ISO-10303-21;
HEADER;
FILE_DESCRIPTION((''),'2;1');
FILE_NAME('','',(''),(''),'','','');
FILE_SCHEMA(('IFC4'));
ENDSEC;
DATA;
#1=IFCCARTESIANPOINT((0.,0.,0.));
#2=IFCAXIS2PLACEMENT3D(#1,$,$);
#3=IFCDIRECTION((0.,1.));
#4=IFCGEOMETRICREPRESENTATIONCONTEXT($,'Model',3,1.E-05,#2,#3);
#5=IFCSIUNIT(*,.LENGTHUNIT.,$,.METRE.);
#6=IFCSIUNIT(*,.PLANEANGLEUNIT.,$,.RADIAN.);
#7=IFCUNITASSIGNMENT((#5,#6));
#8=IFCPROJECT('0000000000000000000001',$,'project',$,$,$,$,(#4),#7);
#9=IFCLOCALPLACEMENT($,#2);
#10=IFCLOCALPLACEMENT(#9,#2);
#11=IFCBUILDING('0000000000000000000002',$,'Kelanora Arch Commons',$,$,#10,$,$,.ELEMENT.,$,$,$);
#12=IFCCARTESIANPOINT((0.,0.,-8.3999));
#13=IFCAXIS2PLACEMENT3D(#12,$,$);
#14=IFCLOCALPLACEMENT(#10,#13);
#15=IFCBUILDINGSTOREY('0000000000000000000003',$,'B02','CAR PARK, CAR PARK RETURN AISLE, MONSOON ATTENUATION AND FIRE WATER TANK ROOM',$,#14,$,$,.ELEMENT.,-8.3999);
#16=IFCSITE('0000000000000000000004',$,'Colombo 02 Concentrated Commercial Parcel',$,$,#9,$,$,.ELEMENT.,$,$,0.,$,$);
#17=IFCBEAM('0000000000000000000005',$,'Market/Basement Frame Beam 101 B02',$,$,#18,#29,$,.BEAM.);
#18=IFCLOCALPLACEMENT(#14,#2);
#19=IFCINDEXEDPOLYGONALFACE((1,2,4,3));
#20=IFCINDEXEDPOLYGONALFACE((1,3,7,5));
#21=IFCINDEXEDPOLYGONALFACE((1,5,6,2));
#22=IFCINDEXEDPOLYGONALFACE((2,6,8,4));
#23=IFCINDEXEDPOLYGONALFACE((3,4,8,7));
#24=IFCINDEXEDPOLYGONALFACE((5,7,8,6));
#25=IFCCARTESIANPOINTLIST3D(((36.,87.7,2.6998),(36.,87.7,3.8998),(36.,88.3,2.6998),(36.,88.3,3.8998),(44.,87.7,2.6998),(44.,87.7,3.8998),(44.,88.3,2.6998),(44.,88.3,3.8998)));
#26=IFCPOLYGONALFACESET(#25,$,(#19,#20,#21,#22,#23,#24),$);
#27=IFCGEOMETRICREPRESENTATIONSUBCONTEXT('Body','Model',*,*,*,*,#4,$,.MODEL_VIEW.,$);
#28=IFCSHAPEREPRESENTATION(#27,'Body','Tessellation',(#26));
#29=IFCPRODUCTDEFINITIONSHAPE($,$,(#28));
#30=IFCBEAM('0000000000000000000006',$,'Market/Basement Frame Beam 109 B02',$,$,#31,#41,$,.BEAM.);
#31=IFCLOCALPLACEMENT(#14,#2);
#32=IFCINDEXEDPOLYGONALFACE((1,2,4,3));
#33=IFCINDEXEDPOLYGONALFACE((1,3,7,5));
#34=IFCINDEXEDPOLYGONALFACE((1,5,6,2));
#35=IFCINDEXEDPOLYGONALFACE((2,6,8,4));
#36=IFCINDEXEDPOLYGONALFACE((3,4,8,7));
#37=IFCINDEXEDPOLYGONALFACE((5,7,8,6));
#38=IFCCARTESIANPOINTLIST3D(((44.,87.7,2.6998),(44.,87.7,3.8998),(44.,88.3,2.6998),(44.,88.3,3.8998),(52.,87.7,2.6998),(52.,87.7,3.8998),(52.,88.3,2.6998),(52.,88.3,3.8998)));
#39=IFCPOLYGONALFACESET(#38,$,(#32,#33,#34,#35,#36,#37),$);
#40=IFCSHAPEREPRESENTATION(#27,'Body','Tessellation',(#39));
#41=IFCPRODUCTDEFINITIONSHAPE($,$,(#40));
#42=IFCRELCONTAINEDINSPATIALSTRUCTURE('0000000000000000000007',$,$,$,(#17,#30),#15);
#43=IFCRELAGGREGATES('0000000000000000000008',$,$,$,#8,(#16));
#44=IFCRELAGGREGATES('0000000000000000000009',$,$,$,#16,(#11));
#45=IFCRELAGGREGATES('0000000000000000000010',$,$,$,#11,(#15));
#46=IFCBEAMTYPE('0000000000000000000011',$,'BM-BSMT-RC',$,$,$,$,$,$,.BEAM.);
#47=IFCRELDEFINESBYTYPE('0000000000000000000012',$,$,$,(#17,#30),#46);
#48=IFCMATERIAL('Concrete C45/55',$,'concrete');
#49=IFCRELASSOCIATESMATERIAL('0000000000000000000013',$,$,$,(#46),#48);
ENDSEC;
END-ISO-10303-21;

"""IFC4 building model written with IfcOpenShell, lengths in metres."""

from ifc_helpers import new_model, si_unit, direction, frame, origin, origin_2d, place, context, subcontext, project, spatial, rectangle, extrude, material, material_profile, profile_set, type_object, element, save


model = new_model("IFC4")

# Units and contexts
model_context = context("Model", 3, precision=1e-05, world=origin(), true_north=direction((0.0, 1.0)))
body_context = subcontext(model_context, "Body", "Model", "MODEL_VIEW")
ifc_project = project(units=[si_unit("LENGTHUNIT", "METRE"), si_unit("PLANEANGLEUNIT", "RADIAN")], contexts=[model_context])

# Site, building, storey
site_placement = place(None, origin())
site = spatial("IfcSite", under=ifc_project, at=site_placement, Name="Colombo 02 Concentrated Commercial Parcel", CompositionType="ELEMENT", RefElevation=0.0)
building_placement = place(site_placement, origin())
building = spatial("IfcBuilding", under=site, at=building_placement, Name="Kelanora Arch Commons", CompositionType="ELEMENT")
storey_placement = place(building_placement, frame((0.0, 0.0, -8.3999)))
storey = spatial("IfcBuildingStorey", under=building, at=storey_placement, Name="B02", Description="CAR PARK, CAR PARK RETURN AISLE, MONSOON ATTENUATION AND FIRE WATER TANK ROOM", CompositionType="ELEMENT", Elevation=-8.3999)

# Shared definitions
ifc_material_1 = material(Name="Concrete C45/55", Category="concrete")

# Beams
ifc_material_profile_1 = material_profile(ifc_material_1, rectangle(XDim=0.6001, YDim=1.2, at=origin_2d()), Name="RCB600x1200")
ifc_profile_set_1 = profile_set([ifc_material_profile_1], Name="Concrete C45/55")
beam_type = type_object("IfcBeamType", Name="BM-BSMT-RC", PredefinedType="BEAM", material=ifc_profile_set_1)
for number, where, z_axis, x_axis, name in (
    (1, (36.0, 88.0, 3.2998), (1.0, 0.0, 0.0), (0.0, 1.0, 0.0), "Market/Basement Frame Beam 101 B02"),
    (2, (44.0, 88.0, 3.2998), (1.0, 0.0, 0.0), (0.0, 1.0, 0.0), "Market/Basement Frame Beam 109 B02"),
):
    element("IfcBeam", number, at=place(storey_placement, frame(where, z_axis=z_axis, x_axis=x_axis)), inside=storey, type_object=beam_type, Name=name, PredefinedType="BEAM", context=body_context, shape_type="SweptSolid", body=[
        extrude(rectangle(XDim=0.6001, YDim=1.2, at=origin_2d()), origin(), (0.0, 0.0, 1.0), 8.0),
    ])

save(model, "model.ifc")
